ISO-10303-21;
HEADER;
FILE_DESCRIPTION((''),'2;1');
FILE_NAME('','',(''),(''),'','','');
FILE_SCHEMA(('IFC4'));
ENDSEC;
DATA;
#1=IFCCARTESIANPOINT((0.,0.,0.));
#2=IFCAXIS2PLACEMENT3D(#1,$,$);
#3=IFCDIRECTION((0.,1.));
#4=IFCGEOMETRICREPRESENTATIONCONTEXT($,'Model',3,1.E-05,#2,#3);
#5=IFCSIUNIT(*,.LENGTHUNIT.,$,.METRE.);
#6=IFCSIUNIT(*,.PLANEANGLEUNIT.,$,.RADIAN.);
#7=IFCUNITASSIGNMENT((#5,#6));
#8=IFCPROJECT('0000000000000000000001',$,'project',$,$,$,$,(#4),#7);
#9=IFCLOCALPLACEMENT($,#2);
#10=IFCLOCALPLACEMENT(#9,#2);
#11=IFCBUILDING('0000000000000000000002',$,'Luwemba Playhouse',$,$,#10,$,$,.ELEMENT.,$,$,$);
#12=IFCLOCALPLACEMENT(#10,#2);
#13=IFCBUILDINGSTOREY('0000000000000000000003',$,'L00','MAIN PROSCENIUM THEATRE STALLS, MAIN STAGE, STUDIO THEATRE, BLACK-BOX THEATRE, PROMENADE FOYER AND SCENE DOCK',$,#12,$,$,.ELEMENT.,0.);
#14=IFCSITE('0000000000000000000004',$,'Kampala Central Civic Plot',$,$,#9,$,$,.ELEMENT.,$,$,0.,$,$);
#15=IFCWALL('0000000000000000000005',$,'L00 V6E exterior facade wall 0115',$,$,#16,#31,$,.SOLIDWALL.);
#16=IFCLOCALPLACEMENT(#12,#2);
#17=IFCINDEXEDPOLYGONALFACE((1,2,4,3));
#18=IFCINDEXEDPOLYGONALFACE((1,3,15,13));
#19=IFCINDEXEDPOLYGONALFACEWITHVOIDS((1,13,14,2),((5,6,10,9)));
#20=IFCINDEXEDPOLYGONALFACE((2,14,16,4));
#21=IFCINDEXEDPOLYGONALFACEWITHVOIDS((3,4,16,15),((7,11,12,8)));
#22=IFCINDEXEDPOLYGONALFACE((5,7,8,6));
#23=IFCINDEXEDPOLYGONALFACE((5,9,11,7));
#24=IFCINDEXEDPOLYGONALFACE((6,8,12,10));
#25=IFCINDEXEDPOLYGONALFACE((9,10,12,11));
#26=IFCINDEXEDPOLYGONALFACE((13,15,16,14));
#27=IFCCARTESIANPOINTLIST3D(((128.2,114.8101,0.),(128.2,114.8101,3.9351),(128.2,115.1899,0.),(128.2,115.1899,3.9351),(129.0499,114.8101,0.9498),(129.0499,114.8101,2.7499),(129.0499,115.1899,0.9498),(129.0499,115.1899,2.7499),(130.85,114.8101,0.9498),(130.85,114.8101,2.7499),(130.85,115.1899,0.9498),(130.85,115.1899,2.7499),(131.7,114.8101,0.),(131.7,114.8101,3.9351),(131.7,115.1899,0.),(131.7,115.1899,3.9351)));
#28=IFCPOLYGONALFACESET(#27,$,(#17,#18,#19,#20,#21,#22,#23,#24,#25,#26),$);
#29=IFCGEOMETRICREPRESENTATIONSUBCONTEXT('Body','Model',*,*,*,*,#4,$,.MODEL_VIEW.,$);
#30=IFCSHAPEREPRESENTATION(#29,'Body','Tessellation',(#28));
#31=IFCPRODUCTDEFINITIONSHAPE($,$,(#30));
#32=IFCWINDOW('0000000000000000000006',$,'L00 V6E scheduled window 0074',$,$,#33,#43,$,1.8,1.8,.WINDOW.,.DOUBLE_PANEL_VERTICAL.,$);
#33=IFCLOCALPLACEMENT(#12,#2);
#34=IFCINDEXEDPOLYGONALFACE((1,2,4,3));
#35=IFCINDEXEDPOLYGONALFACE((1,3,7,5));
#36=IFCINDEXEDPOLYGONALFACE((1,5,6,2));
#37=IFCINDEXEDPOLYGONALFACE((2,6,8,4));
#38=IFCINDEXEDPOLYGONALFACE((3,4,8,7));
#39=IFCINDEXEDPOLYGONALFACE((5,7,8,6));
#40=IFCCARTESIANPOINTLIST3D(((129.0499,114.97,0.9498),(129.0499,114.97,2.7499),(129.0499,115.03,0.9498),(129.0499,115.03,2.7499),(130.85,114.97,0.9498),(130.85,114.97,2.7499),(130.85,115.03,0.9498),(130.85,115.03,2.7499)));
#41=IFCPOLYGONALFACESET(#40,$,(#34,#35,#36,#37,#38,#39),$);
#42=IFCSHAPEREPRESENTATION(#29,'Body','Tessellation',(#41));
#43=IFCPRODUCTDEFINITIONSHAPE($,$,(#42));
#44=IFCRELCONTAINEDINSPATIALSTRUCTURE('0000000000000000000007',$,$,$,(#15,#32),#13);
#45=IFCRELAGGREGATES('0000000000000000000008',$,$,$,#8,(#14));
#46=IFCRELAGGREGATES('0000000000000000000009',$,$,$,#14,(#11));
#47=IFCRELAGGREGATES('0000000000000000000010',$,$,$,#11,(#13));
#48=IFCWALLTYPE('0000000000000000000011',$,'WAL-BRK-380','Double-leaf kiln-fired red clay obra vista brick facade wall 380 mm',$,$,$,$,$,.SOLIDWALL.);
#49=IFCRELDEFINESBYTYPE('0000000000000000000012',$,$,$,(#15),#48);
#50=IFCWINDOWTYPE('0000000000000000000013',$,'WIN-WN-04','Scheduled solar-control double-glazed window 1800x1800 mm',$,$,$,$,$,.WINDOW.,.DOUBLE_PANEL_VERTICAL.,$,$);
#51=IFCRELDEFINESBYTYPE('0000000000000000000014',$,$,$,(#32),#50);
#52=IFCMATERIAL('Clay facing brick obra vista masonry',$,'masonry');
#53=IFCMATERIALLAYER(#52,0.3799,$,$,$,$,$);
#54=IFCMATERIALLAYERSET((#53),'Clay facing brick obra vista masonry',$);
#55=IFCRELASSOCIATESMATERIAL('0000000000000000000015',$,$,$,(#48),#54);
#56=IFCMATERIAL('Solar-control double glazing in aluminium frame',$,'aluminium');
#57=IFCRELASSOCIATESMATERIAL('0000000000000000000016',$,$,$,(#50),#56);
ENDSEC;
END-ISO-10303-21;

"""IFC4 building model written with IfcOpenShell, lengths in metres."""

from ifc_helpers import new_model, si_unit, direction, frame, frame_2d, origin, place, context, subcontext, project, spatial, rectangle, extrude, material, layer, layer_set, type_object, element, fill, save


model = new_model("IFC4")

# Units and contexts
model_context = context("Model", 3, precision=1e-05, world=origin(), true_north=direction((0.0, 1.0)))
body_context = subcontext(model_context, "Body", "Model", "MODEL_VIEW")
ifc_project = project(units=[si_unit("LENGTHUNIT", "METRE"), si_unit("PLANEANGLEUNIT", "RADIAN")], contexts=[model_context])

# Site, building, storey
site_placement = place(None, origin())
site = spatial("IfcSite", under=ifc_project, at=site_placement, Name="Kampala Central Civic Plot", CompositionType="ELEMENT", RefElevation=0.0)
building_placement = place(site_placement, origin())
building = spatial("IfcBuilding", under=site, at=building_placement, Name="Luwemba Playhouse", CompositionType="ELEMENT")
storey_placement = place(building_placement, origin())
storey = spatial("IfcBuildingStorey", under=building, at=storey_placement, Name="L00", Description="MAIN PROSCENIUM THEATRE STALLS, MAIN STAGE, STUDIO THEATRE, BLACK-BOX THEATRE, PROMENADE FOYER AND SCENE DOCK", CompositionType="ELEMENT", Elevation=0.0)

# Wall, opening, window
ifc_material_1 = material(Name="Clay facing brick obra vista masonry", Category="masonry")
ifc_layer_1 = layer(ifc_material_1, 0.3799)
ifc_layer_set_1 = layer_set([ifc_layer_1], Name="Clay facing brick obra vista masonry")
wall_type = type_object("IfcWallType", Name="WAL-BRK-380", Description="Double-leaf kiln-fired red clay obra vista brick facade wall 380 mm", PredefinedType="SOLIDWALL", material=ifc_layer_set_1)
wall_placement = place(storey_placement, frame((128.2, 115.0, 0.0), z_axis=(0.0, 0.0, 1.0), x_axis=(1.0, 0.0, 0.0)))
wall = element("IfcWall", 1, at=wall_placement, inside=storey, type_object=wall_type, Name="L00 V6E exterior facade wall 0115", PredefinedType="SOLIDWALL", context=body_context, shape_type="SweptSolid", body=[
    extrude(rectangle(XDim=3.5, YDim=0.3799, at=frame_2d((1.75, 0.0))), origin(), (0.0, 0.0, 1.0), 3.9351),
])
opening_placement = place(wall_placement, frame((0.8501, 0.0, 0.95)))
opening = element("IfcOpeningElement", 2, at=opening_placement, cuts=wall, PredefinedType="OPENING", context=body_context, shape_type="SweptSolid", body=[
    extrude(rectangle(XDim=1.8, YDim=1.8, at=frame_2d((0.8999, 0.8999))), frame((0.0, 0.2, 0.0), z_axis=(0.0, -1.0, 0.0), x_axis=(1.0, 0.0, 0.0)), (0.0, 0.0, 1.0), 0.3999),
])
ifc_material_2 = material(Name="Solar-control double glazing in aluminium frame", Category="aluminium")
window_type = type_object("IfcWindowType", Name="WIN-WN-04", Description="Scheduled solar-control double-glazed window 1800x1800 mm", PartitioningType="DOUBLE_PANEL_VERTICAL", PredefinedType="WINDOW", material=ifc_material_2)
window_placement = place(opening_placement, origin())
window = element("IfcWindow", 3, at=window_placement, inside=storey, type_object=window_type, Name="L00 V6E scheduled window 0074", OverallHeight=1.8, OverallWidth=1.8, PartitioningType="DOUBLE_PANEL_VERTICAL", PredefinedType="WINDOW", context=body_context, shape_type="SweptSolid", body=[
    extrude(rectangle(XDim=1.8, YDim=1.8, at=frame_2d((0.8999, 0.8999))), frame((0.0, 0.03, 0.0), z_axis=(0.0, -1.0, 0.0), x_axis=(1.0, 0.0, 0.0)), (0.0, 0.0, 1.0), 0.0601),
])
fill(opening, window)

save(model, "model.ifc")
